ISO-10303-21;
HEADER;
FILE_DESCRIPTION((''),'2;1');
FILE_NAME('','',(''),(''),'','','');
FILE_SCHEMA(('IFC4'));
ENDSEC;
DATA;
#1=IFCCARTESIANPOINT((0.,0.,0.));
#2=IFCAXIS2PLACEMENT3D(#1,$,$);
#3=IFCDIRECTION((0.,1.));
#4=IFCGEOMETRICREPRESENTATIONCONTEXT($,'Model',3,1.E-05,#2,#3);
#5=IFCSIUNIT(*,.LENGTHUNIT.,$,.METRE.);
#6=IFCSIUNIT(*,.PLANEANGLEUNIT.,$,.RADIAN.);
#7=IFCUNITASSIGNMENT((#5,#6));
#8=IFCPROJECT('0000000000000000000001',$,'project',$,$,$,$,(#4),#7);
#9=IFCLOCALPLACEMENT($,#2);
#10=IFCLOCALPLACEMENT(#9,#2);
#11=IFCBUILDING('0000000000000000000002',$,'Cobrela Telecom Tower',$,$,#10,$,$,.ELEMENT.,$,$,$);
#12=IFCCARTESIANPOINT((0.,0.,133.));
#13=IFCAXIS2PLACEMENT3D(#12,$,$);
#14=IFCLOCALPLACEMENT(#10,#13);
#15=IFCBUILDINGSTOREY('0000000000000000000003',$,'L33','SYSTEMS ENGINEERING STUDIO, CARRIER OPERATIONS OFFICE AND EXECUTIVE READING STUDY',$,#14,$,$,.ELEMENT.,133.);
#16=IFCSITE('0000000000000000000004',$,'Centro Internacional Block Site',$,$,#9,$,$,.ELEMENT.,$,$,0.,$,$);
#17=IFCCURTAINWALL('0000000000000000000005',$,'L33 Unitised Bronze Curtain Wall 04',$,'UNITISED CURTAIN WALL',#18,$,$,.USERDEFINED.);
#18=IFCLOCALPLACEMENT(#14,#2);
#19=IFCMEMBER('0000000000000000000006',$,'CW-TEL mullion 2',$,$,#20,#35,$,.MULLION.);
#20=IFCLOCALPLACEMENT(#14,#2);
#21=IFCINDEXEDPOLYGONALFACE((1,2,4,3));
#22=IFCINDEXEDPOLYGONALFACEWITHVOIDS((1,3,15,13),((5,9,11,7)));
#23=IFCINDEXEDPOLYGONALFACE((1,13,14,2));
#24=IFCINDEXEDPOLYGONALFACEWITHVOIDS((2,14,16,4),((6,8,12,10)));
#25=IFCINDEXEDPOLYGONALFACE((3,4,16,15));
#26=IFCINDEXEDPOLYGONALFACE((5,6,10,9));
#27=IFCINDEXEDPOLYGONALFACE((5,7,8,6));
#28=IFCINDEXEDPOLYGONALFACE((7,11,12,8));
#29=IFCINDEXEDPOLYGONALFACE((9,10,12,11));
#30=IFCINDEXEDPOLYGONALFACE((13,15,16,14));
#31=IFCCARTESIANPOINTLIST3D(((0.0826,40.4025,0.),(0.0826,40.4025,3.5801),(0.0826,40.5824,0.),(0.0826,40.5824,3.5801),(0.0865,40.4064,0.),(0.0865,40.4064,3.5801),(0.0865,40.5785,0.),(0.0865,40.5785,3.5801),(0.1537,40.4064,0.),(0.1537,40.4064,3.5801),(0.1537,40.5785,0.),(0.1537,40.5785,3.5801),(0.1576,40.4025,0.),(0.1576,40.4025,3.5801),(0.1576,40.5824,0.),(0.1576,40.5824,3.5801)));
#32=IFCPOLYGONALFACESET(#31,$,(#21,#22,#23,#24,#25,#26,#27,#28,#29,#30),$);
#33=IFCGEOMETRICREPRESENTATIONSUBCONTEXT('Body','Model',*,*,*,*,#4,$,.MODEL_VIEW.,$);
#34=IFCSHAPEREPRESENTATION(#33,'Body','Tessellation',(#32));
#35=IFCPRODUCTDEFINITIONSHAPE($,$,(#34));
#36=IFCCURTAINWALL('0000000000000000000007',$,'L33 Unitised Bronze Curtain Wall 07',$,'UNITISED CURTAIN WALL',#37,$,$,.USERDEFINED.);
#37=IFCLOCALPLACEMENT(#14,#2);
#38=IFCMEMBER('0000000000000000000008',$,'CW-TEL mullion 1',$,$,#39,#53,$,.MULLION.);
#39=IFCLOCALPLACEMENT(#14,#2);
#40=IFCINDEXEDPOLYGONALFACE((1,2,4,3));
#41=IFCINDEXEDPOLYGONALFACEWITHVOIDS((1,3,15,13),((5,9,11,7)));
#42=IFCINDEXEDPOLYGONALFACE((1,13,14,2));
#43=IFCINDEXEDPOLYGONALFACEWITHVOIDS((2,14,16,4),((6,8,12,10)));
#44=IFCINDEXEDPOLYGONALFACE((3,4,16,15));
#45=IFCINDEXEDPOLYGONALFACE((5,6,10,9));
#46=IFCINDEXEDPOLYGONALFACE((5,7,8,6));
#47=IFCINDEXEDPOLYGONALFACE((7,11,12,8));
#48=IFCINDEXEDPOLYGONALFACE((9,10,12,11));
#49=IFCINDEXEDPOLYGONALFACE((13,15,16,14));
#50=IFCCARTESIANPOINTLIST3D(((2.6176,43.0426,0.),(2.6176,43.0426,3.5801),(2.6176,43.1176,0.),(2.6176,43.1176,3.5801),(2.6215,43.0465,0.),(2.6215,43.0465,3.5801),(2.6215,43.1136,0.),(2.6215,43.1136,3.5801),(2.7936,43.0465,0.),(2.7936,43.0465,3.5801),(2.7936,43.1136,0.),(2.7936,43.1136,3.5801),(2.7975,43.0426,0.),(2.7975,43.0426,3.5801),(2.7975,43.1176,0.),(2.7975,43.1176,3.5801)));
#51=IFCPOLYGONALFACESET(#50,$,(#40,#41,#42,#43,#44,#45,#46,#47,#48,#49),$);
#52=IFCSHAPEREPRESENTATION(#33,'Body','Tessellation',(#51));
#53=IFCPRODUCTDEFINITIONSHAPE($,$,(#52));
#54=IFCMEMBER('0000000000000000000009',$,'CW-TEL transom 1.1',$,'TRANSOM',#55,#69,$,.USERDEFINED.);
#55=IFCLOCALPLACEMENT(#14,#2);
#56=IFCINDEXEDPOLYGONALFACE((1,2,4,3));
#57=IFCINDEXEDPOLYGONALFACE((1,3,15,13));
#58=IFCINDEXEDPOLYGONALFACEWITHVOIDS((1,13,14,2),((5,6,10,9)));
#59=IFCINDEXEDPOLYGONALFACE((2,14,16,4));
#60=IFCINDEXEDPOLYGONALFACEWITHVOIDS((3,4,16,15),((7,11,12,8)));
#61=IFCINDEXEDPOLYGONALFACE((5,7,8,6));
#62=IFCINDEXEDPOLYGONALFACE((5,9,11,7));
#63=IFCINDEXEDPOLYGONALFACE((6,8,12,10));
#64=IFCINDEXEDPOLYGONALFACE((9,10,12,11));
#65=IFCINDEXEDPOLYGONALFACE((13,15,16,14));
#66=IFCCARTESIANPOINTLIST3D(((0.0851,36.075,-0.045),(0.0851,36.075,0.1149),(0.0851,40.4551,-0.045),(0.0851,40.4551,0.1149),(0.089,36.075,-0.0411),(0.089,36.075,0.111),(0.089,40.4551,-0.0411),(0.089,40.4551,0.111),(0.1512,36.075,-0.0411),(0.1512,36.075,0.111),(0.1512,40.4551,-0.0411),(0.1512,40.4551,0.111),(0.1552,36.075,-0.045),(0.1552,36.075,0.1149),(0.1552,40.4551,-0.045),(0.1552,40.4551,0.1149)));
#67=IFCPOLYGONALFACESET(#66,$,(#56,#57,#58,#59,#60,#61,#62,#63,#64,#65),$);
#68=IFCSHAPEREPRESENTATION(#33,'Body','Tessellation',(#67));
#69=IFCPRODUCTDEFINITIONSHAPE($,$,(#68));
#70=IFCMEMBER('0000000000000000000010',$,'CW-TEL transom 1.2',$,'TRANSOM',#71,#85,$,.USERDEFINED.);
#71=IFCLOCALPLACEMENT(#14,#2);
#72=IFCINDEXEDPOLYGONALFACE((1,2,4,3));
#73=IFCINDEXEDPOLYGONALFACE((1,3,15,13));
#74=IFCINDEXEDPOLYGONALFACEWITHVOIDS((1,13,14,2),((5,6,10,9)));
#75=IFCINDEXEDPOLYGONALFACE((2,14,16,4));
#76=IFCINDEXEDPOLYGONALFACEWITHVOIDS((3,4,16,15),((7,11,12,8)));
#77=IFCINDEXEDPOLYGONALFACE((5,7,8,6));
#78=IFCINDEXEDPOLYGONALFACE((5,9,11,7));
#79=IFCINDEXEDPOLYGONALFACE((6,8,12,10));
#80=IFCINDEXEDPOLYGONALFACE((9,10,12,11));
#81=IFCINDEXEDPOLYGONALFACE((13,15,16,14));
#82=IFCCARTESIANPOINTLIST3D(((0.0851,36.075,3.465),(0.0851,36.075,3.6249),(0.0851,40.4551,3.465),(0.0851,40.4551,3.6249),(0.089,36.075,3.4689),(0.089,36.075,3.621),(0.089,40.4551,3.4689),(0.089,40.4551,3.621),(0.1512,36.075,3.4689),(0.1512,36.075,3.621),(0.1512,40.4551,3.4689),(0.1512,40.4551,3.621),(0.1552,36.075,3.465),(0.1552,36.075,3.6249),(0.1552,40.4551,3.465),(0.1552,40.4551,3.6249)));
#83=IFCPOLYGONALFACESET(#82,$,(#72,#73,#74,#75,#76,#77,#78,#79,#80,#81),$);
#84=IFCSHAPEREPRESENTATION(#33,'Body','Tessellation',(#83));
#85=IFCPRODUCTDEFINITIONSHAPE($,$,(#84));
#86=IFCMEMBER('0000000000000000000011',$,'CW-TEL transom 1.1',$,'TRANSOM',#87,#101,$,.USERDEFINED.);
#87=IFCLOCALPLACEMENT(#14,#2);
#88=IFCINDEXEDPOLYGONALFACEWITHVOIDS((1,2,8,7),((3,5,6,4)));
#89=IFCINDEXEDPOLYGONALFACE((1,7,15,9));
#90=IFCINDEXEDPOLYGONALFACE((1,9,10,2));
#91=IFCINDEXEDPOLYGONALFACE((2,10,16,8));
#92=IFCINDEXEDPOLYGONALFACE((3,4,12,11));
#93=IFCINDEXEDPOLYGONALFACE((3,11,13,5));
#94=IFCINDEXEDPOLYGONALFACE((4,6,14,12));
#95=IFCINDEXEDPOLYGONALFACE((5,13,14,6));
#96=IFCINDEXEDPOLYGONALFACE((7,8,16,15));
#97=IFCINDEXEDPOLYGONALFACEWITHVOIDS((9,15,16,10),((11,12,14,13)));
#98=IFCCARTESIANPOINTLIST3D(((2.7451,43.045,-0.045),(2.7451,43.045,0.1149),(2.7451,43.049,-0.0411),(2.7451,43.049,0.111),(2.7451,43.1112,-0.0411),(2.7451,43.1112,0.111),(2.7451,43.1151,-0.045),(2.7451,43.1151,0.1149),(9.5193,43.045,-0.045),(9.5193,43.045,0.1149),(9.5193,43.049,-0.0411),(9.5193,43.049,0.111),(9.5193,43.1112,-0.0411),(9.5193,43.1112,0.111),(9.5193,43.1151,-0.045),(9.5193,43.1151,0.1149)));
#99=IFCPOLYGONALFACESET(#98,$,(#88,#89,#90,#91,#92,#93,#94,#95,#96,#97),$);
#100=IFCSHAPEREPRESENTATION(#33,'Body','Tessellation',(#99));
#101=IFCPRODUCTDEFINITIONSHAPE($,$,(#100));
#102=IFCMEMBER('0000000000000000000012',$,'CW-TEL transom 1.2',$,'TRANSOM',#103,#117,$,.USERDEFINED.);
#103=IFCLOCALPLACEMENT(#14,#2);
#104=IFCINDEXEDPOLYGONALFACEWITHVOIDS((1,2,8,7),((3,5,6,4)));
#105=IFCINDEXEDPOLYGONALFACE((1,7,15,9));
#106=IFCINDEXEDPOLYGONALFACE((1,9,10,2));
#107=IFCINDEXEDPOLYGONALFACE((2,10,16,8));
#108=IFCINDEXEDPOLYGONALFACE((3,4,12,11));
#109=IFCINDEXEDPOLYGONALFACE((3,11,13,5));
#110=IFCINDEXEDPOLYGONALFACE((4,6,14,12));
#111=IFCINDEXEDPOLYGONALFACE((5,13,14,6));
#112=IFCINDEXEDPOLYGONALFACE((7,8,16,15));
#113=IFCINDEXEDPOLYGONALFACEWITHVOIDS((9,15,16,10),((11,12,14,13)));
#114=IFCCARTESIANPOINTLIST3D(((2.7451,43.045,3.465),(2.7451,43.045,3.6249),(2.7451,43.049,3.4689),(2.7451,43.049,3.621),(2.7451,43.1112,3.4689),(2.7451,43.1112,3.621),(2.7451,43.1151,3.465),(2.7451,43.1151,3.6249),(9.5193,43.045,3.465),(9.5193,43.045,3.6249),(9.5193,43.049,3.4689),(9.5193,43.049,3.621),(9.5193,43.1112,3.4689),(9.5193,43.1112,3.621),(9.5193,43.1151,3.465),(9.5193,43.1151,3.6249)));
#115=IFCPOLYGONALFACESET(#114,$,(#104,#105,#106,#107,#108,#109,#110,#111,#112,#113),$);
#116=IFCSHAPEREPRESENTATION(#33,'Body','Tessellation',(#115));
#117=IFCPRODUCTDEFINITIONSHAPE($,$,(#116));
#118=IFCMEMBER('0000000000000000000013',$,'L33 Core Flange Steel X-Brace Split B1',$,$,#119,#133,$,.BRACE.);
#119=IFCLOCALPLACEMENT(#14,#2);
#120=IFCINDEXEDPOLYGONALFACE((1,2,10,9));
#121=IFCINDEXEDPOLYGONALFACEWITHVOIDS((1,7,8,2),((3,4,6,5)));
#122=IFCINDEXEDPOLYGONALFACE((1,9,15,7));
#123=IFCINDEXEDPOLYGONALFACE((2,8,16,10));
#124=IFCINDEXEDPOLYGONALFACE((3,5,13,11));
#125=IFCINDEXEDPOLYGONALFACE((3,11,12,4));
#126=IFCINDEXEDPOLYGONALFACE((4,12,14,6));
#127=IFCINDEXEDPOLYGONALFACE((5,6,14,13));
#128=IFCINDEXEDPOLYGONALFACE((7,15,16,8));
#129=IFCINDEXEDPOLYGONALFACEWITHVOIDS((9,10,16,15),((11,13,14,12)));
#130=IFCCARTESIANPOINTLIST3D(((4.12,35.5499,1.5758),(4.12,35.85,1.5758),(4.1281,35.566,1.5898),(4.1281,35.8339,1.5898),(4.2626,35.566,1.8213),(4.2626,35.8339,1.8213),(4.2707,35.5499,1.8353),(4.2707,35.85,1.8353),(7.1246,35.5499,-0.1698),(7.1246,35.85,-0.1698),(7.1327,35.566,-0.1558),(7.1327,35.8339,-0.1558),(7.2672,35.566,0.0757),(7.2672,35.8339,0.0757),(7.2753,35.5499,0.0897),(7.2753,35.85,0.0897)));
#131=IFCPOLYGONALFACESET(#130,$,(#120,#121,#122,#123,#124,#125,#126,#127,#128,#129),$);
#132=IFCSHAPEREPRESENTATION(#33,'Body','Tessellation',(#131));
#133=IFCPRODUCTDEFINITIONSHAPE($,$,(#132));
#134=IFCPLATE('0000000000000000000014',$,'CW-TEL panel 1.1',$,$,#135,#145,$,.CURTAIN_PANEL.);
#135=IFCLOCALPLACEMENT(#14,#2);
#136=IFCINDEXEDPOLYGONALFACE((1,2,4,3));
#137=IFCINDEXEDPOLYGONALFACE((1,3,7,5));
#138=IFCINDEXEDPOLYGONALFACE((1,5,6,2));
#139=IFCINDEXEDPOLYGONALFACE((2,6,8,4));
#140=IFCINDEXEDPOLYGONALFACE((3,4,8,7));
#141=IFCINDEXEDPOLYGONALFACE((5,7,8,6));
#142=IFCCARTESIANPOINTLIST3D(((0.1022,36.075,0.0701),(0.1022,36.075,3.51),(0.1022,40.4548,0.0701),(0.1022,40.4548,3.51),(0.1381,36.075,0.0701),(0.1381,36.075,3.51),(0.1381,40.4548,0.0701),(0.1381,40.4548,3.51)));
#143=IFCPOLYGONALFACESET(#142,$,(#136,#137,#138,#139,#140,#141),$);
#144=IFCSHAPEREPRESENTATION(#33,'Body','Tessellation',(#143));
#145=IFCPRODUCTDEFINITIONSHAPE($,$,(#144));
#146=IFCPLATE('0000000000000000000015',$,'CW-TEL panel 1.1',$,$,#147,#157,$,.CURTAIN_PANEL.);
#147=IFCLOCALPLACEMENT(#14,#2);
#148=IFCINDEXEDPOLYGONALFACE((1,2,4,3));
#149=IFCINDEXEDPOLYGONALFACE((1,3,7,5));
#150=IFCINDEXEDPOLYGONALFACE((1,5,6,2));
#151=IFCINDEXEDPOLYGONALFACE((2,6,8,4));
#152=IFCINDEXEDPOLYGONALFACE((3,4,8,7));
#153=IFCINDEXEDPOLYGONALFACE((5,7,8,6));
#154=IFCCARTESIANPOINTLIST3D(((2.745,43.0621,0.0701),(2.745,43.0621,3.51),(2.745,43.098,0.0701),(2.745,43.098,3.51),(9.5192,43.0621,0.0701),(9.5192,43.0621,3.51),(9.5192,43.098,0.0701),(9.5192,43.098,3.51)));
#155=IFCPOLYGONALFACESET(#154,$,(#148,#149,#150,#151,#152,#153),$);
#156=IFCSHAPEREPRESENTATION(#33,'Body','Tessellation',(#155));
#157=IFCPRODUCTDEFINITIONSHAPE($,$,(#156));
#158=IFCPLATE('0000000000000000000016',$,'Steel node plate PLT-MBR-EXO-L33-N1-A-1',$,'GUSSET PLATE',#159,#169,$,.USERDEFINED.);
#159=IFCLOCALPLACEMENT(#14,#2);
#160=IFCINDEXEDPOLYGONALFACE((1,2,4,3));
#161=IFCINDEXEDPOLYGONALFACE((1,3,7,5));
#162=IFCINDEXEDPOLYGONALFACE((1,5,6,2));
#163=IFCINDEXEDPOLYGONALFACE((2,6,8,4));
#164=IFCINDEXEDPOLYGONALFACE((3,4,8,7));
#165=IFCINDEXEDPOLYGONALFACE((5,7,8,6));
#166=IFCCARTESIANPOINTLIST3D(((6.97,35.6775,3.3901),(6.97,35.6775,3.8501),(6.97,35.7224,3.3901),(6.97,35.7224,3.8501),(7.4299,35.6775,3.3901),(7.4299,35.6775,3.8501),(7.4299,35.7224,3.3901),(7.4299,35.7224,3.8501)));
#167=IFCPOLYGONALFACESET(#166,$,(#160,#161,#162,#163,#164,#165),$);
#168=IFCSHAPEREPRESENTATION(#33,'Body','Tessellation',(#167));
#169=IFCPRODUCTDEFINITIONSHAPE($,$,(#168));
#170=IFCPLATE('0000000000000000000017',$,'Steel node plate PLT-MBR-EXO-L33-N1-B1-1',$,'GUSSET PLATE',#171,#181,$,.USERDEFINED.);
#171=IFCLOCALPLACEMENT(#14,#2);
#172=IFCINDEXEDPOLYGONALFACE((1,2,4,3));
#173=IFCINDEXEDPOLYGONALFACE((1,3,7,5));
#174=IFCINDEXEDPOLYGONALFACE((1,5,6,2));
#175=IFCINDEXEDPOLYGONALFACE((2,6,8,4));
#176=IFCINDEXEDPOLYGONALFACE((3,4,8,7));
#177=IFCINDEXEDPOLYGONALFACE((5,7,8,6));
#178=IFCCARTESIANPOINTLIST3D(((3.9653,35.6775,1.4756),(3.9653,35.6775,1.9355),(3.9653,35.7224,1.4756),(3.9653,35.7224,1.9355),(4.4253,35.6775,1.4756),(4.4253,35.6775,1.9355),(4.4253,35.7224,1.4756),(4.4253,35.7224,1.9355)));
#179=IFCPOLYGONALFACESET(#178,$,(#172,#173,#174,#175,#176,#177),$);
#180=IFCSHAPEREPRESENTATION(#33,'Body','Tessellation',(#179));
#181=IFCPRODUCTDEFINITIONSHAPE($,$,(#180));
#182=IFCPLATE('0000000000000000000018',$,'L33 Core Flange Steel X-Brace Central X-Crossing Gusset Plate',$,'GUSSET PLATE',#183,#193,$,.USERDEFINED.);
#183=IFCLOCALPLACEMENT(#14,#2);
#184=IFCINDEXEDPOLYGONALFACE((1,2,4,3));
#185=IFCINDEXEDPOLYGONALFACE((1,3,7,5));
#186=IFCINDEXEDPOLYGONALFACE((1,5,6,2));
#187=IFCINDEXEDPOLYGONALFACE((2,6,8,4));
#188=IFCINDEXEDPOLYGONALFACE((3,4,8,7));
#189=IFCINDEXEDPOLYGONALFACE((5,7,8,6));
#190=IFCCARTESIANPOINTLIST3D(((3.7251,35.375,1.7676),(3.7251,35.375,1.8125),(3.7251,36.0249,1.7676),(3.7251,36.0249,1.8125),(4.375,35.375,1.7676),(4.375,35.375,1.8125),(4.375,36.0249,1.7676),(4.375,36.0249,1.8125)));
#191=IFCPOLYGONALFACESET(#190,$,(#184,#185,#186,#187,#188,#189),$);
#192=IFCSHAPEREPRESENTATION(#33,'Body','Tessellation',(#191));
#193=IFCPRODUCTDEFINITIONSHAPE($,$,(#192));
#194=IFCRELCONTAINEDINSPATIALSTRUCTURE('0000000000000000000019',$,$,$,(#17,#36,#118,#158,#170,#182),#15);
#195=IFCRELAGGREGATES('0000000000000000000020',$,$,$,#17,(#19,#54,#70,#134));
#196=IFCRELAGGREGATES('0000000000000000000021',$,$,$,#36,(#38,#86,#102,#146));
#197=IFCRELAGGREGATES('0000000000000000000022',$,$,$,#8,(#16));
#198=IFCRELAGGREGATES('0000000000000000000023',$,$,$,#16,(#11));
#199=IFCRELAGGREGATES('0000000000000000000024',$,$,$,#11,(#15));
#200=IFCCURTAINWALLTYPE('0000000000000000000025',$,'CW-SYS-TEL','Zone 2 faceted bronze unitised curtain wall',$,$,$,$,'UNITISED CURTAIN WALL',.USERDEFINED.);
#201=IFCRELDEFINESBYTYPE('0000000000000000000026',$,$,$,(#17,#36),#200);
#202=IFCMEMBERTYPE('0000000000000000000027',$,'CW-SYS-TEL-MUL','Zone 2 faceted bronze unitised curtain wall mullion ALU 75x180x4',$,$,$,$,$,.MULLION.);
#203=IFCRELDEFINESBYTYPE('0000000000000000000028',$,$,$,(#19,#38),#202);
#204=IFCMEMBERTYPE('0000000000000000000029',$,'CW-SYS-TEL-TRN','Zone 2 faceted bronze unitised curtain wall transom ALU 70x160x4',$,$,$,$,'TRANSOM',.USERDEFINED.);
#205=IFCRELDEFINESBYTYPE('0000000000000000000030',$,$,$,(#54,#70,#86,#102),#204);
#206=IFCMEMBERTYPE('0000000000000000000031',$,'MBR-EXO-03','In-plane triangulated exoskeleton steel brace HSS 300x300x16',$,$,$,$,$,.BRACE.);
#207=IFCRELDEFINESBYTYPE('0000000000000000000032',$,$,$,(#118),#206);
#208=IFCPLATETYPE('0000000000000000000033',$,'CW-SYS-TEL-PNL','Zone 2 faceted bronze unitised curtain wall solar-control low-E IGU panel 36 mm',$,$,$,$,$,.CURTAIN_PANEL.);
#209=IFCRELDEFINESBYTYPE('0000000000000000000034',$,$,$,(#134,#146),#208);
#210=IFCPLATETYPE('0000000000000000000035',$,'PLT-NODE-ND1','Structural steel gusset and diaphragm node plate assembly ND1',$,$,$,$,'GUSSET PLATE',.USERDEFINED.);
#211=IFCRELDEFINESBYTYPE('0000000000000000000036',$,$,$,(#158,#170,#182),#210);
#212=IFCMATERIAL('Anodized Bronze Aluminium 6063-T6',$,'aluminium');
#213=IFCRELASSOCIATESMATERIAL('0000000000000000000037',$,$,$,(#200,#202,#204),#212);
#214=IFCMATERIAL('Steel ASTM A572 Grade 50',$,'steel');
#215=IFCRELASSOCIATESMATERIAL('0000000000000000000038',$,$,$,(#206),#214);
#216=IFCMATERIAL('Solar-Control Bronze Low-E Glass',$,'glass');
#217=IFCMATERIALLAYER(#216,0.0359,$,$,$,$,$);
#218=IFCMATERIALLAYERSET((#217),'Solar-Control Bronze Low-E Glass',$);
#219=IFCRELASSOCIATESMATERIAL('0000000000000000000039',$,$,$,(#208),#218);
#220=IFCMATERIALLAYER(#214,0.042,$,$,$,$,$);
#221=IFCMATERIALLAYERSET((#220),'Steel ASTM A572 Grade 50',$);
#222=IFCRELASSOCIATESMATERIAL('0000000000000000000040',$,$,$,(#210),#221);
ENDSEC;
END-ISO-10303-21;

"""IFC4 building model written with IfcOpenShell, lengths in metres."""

from ifc_helpers import new_model, si_unit, direction, frame, origin, origin_2d, place, context, subcontext, project, spatial, rectangle, hollow_rectangle, extrude, material, layer, layer_set, material_profile, profile_set, type_object, element, aggregate, save


model = new_model("IFC4")

# Units and contexts
model_context = context("Model", 3, precision=1e-05, world=origin(), true_north=direction((0.0, 1.0)))
body_context = subcontext(model_context, "Body", "Model", "MODEL_VIEW")
ifc_project = project(units=[si_unit("LENGTHUNIT", "METRE"), si_unit("PLANEANGLEUNIT", "RADIAN")], contexts=[model_context])

# Site, building, storey
site_placement = place(None, origin())
site = spatial("IfcSite", under=ifc_project, at=site_placement, Name="Centro Internacional Block Site", CompositionType="ELEMENT", RefElevation=0.0)
building_placement = place(site_placement, origin())
building = spatial("IfcBuilding", under=site, at=building_placement, Name="Cobrela Telecom Tower", CompositionType="ELEMENT")
storey_placement = place(building_placement, frame((0.0, 0.0, 133.0)))
storey = spatial("IfcBuildingStorey", under=building, at=storey_placement, Name="L33", Description="SYSTEMS ENGINEERING STUDIO, CARRIER OPERATIONS OFFICE AND EXECUTIVE READING STUDY", CompositionType="ELEMENT", Elevation=133.0)

# Shared definitions
ifc_material_1 = material(Name="Steel ASTM A572 Grade 50", Category="steel")

# Curtain wall, member
ifc_material_2 = material(Name="Anodized Bronze Aluminium 6063-T6", Category="aluminium")
curtain_wall_type = type_object("IfcCurtainWallType", Name="CW-SYS-TEL", Description="Zone 2 faceted bronze unitised curtain wall", ElementType="UNITISED CURTAIN WALL", PredefinedType="USERDEFINED", material=ifc_material_2)
curtain_wall_1_placement = place(storey_placement, origin())
curtain_wall_1 = element("IfcCurtainWall", 1, at=curtain_wall_1_placement, inside=storey, type_object=curtain_wall_type, Name="L33 Unitised Bronze Curtain Wall 04", ObjectType="UNITISED CURTAIN WALL", PredefinedType="USERDEFINED")
ifc_material_profile_1 = material_profile(ifc_material_2, hollow_rectangle(XDim=0.075, YDim=0.1799, WallThickness=0.0039, at=origin_2d()), Name="ALU 75x180x4")
ifc_profile_set_1 = profile_set([ifc_material_profile_1], Name="Anodized Bronze Aluminium 6063-T6")
member_type_1 = type_object("IfcMemberType", Name="CW-SYS-TEL-MUL", Description="Zone 2 faceted bronze unitised curtain wall mullion ALU 75x180x4", PredefinedType="MULLION", material=ifc_profile_set_1)
member_1_placement = place(storey_placement, frame((0.1201, 40.4924, 0.0), z_axis=(0.0, 0.0, 1.0), x_axis=(-1.0, 0.0, 0.0)))
member_1 = element("IfcMember", 2, at=member_1_placement, type_object=member_type_1, Name="CW-TEL mullion 2", PredefinedType="MULLION", context=body_context, shape_type="SweptSolid", body=[
    extrude(hollow_rectangle(XDim=0.075, YDim=0.1799, WallThickness=0.0039, at=origin_2d()), origin(), (0.0, 0.0, 1.0), 3.5801),
])

# Curtain wall, member
curtain_wall_2_placement = place(storey_placement, origin())
curtain_wall_2 = element("IfcCurtainWall", 3, at=curtain_wall_2_placement, inside=storey, type_object=curtain_wall_type, Name="L33 Unitised Bronze Curtain Wall 07", ObjectType="UNITISED CURTAIN WALL", PredefinedType="USERDEFINED")
member_2_placement = place(storey_placement, frame((2.7075, 43.0801, 0.0), z_axis=(0.0, 0.0, 1.0), x_axis=(0.0, 1.0, 0.0)))
member_2 = element("IfcMember", 4, at=member_2_placement, type_object=member_type_1, Name="CW-TEL mullion 1", PredefinedType="MULLION", context=body_context, shape_type="SweptSolid", body=[
    extrude(hollow_rectangle(XDim=0.075, YDim=0.1799, WallThickness=0.0039, at=origin_2d()), origin(), (0.0, 0.0, 1.0), 3.5801),
])

# Members
ifc_material_profile_2 = material_profile(ifc_material_2, hollow_rectangle(XDim=0.0701, YDim=0.1599, WallThickness=0.0039, at=origin_2d()), Name="ALU 70x160x4")
ifc_profile_set_2 = profile_set([ifc_material_profile_2], Name="Anodized Bronze Aluminium 6063-T6")
member_type_2 = type_object("IfcMemberType", Name="CW-SYS-TEL-TRN", Description="Zone 2 faceted bronze unitised curtain wall transom ALU 70x160x4", ElementType="TRANSOM", PredefinedType="USERDEFINED", material=ifc_profile_set_2)
member_3_placement = place(storey_placement, frame((0.1201, 36.075, 0.0349), z_axis=(0.0, 1.0, 0.0), x_axis=(-1.0, 0.0, 0.0)))
member_3 = element("IfcMember", 5, at=member_3_placement, type_object=member_type_2, Name="CW-TEL transom 1.1", ObjectType="TRANSOM", PredefinedType="USERDEFINED", context=body_context, shape_type="SweptSolid", body=[
    extrude(hollow_rectangle(XDim=0.0701, YDim=0.1599, WallThickness=0.0039, at=origin_2d()), origin(), (0.0, 0.0, 1.0), 4.3801),
])
member_4_placement = place(storey_placement, frame((0.1201, 36.075, 3.5449), z_axis=(0.0, 1.0, 0.0), x_axis=(-1.0, 0.0, 0.0)))
member_4 = element("IfcMember", 6, at=member_4_placement, type_object=member_type_2, Name="CW-TEL transom 1.2", ObjectType="TRANSOM", PredefinedType="USERDEFINED", context=body_context, shape_type="SweptSolid", body=[
    extrude(hollow_rectangle(XDim=0.0701, YDim=0.1599, WallThickness=0.0039, at=origin_2d()), origin(), (0.0, 0.0, 1.0), 4.3801),
])
member_5_placement = place(storey_placement, frame((2.7451, 43.0801, 0.0349), z_axis=(1.0, 0.0, 0.0), x_axis=(0.0, 1.0, 0.0)))
member_5 = element("IfcMember", 7, at=member_5_placement, type_object=member_type_2, Name="CW-TEL transom 1.1", ObjectType="TRANSOM", PredefinedType="USERDEFINED", context=body_context, shape_type="SweptSolid", body=[
    extrude(hollow_rectangle(XDim=0.0701, YDim=0.1599, WallThickness=0.0039, at=origin_2d()), origin(), (0.0, 0.0, 1.0), 6.7742),
])
member_6_placement = place(storey_placement, frame((2.7451, 43.0801, 3.5449), z_axis=(1.0, 0.0, 0.0), x_axis=(0.0, 1.0, 0.0)))
member_6 = element("IfcMember", 8, at=member_6_placement, type_object=member_type_2, Name="CW-TEL transom 1.2", ObjectType="TRANSOM", PredefinedType="USERDEFINED", context=body_context, shape_type="SweptSolid", body=[
    extrude(hollow_rectangle(XDim=0.0701, YDim=0.1599, WallThickness=0.0039, at=origin_2d()), origin(), (0.0, 0.0, 1.0), 6.7742),
])
ifc_material_profile_3 = material_profile(ifc_material_1, hollow_rectangle(XDim=0.3, YDim=0.3, WallThickness=0.0161, at=origin_2d()), Name="HSS 300x300x16")
ifc_profile_set_3 = profile_set([ifc_material_profile_3], Name="Steel ASTM A572 Grade 50")
member_type_3 = type_object("IfcMemberType", Name="MBR-EXO-03", Description="In-plane triangulated exoskeleton steel brace HSS 300x300x16", PredefinedType="BRACE", material=ifc_profile_set_3)
member_7_placement = place(storey_placement, frame((7.2, 35.7, -0.04), z_axis=(-0.864667, 0.0, 0.502346), x_axis=(0.0, -1.0, 0.0)))
element("IfcMember", 9, at=member_7_placement, inside=storey, type_object=member_type_3, Name="L33 Core Flange Steel X-Brace Split B1", PredefinedType="BRACE", context=body_context, shape_type="SweptSolid", body=[
    extrude(hollow_rectangle(XDim=0.3, YDim=0.3, WallThickness=0.0161, at=origin_2d()), origin(), (0.0, 0.0, 1.0), 3.4749),
])

# Plates
ifc_material_3 = material(Name="Solar-Control Bronze Low-E Glass", Category="glass")
ifc_layer_1 = layer(ifc_material_3, 0.0359)
ifc_layer_set_1 = layer_set([ifc_layer_1], Name="Solar-Control Bronze Low-E Glass")
plate_type_1 = type_object("IfcPlateType", Name="CW-SYS-TEL-PNL", Description="Zone 2 faceted bronze unitised curtain wall solar-control low-E IGU panel 36 mm", PredefinedType="CURTAIN_PANEL", material=ifc_layer_set_1)
plate_1_placement = place(storey_placement, frame((0.1201, 38.2649, 0.0701), z_axis=(0.0, 0.0, 1.0), x_axis=(0.0, 1.0, 0.0)))
plate_1 = element("IfcPlate", 10, at=plate_1_placement, type_object=plate_type_1, Name="CW-TEL panel 1.1", PredefinedType="CURTAIN_PANEL", context=body_context, shape_type="SweptSolid", body=[
    extrude(rectangle(XDim=4.3799, YDim=0.0359, at=origin_2d()), origin(), (0.0, 0.0, 1.0), 3.4399),
])
aggregate(curtain_wall_1, [member_1, member_3, member_4, plate_1])
plate_2_placement = place(storey_placement, frame((6.1321, 43.0801, 0.0701), z_axis=(0.0, 0.0, 1.0), x_axis=(1.0, 0.0, 0.0)))
plate_2 = element("IfcPlate", 11, at=plate_2_placement, type_object=plate_type_1, Name="CW-TEL panel 1.1", PredefinedType="CURTAIN_PANEL", context=body_context, shape_type="SweptSolid", body=[
    extrude(rectangle(XDim=6.7742, YDim=0.0359, at=origin_2d()), origin(), (0.0, 0.0, 1.0), 3.4399),
])
aggregate(curtain_wall_2, [member_2, member_5, member_6, plate_2])

# Plates
ifc_layer_2 = layer(ifc_material_1, 0.042)
ifc_layer_set_2 = layer_set([ifc_layer_2], Name="Steel ASTM A572 Grade 50")
plate_type_2 = type_object("IfcPlateType", Name="PLT-NODE-ND1", Description="Structural steel gusset and diaphragm node plate assembly ND1", ElementType="GUSSET PLATE", PredefinedType="USERDEFINED", material=ifc_layer_set_2)
for number, where, z_axis, x_axis, name in (
    (12, (7.2, 35.7, 3.3901), (0.0, 0.0, 1.0), (1.0, 0.0, 0.0), "Steel node plate PLT-MBR-EXO-L33-N1-A-1"),
    (13, (4.1953, 35.7, 1.4756), (0.0, 0.0, 1.0), (-1.0, 0.0, 0.0), "Steel node plate PLT-MBR-EXO-L33-N1-B1-1"),
):
    element("IfcPlate", number, at=place(storey_placement, frame(where, z_axis=z_axis, x_axis=x_axis)), inside=storey, type_object=plate_type_2, Name=name, ObjectType="GUSSET PLATE", PredefinedType="USERDEFINED", context=body_context, shape_type="SweptSolid", body=[
        extrude(rectangle(XDim=0.46, YDim=0.0449, at=origin_2d()), origin(), (0.0, 0.0, 1.0), 0.46),
    ])
plate_3_placement = place(storey_placement, frame((4.05, 35.7, 1.7676), z_axis=(0.0, 0.0, 1.0), x_axis=(1.0, 0.0, 0.0)))
element("IfcPlate", 14, at=plate_3_placement, inside=storey, type_object=plate_type_2, Name="L33 Core Flange Steel X-Brace Central X-Crossing Gusset Plate", ObjectType="GUSSET PLATE", PredefinedType="USERDEFINED", context=body_context, shape_type="SweptSolid", body=[
    extrude(rectangle(XDim=0.6499, YDim=0.6499, at=origin_2d()), origin(), (0.0, 0.0, 1.0), 0.0449),
])

save(model, "model.ifc")
